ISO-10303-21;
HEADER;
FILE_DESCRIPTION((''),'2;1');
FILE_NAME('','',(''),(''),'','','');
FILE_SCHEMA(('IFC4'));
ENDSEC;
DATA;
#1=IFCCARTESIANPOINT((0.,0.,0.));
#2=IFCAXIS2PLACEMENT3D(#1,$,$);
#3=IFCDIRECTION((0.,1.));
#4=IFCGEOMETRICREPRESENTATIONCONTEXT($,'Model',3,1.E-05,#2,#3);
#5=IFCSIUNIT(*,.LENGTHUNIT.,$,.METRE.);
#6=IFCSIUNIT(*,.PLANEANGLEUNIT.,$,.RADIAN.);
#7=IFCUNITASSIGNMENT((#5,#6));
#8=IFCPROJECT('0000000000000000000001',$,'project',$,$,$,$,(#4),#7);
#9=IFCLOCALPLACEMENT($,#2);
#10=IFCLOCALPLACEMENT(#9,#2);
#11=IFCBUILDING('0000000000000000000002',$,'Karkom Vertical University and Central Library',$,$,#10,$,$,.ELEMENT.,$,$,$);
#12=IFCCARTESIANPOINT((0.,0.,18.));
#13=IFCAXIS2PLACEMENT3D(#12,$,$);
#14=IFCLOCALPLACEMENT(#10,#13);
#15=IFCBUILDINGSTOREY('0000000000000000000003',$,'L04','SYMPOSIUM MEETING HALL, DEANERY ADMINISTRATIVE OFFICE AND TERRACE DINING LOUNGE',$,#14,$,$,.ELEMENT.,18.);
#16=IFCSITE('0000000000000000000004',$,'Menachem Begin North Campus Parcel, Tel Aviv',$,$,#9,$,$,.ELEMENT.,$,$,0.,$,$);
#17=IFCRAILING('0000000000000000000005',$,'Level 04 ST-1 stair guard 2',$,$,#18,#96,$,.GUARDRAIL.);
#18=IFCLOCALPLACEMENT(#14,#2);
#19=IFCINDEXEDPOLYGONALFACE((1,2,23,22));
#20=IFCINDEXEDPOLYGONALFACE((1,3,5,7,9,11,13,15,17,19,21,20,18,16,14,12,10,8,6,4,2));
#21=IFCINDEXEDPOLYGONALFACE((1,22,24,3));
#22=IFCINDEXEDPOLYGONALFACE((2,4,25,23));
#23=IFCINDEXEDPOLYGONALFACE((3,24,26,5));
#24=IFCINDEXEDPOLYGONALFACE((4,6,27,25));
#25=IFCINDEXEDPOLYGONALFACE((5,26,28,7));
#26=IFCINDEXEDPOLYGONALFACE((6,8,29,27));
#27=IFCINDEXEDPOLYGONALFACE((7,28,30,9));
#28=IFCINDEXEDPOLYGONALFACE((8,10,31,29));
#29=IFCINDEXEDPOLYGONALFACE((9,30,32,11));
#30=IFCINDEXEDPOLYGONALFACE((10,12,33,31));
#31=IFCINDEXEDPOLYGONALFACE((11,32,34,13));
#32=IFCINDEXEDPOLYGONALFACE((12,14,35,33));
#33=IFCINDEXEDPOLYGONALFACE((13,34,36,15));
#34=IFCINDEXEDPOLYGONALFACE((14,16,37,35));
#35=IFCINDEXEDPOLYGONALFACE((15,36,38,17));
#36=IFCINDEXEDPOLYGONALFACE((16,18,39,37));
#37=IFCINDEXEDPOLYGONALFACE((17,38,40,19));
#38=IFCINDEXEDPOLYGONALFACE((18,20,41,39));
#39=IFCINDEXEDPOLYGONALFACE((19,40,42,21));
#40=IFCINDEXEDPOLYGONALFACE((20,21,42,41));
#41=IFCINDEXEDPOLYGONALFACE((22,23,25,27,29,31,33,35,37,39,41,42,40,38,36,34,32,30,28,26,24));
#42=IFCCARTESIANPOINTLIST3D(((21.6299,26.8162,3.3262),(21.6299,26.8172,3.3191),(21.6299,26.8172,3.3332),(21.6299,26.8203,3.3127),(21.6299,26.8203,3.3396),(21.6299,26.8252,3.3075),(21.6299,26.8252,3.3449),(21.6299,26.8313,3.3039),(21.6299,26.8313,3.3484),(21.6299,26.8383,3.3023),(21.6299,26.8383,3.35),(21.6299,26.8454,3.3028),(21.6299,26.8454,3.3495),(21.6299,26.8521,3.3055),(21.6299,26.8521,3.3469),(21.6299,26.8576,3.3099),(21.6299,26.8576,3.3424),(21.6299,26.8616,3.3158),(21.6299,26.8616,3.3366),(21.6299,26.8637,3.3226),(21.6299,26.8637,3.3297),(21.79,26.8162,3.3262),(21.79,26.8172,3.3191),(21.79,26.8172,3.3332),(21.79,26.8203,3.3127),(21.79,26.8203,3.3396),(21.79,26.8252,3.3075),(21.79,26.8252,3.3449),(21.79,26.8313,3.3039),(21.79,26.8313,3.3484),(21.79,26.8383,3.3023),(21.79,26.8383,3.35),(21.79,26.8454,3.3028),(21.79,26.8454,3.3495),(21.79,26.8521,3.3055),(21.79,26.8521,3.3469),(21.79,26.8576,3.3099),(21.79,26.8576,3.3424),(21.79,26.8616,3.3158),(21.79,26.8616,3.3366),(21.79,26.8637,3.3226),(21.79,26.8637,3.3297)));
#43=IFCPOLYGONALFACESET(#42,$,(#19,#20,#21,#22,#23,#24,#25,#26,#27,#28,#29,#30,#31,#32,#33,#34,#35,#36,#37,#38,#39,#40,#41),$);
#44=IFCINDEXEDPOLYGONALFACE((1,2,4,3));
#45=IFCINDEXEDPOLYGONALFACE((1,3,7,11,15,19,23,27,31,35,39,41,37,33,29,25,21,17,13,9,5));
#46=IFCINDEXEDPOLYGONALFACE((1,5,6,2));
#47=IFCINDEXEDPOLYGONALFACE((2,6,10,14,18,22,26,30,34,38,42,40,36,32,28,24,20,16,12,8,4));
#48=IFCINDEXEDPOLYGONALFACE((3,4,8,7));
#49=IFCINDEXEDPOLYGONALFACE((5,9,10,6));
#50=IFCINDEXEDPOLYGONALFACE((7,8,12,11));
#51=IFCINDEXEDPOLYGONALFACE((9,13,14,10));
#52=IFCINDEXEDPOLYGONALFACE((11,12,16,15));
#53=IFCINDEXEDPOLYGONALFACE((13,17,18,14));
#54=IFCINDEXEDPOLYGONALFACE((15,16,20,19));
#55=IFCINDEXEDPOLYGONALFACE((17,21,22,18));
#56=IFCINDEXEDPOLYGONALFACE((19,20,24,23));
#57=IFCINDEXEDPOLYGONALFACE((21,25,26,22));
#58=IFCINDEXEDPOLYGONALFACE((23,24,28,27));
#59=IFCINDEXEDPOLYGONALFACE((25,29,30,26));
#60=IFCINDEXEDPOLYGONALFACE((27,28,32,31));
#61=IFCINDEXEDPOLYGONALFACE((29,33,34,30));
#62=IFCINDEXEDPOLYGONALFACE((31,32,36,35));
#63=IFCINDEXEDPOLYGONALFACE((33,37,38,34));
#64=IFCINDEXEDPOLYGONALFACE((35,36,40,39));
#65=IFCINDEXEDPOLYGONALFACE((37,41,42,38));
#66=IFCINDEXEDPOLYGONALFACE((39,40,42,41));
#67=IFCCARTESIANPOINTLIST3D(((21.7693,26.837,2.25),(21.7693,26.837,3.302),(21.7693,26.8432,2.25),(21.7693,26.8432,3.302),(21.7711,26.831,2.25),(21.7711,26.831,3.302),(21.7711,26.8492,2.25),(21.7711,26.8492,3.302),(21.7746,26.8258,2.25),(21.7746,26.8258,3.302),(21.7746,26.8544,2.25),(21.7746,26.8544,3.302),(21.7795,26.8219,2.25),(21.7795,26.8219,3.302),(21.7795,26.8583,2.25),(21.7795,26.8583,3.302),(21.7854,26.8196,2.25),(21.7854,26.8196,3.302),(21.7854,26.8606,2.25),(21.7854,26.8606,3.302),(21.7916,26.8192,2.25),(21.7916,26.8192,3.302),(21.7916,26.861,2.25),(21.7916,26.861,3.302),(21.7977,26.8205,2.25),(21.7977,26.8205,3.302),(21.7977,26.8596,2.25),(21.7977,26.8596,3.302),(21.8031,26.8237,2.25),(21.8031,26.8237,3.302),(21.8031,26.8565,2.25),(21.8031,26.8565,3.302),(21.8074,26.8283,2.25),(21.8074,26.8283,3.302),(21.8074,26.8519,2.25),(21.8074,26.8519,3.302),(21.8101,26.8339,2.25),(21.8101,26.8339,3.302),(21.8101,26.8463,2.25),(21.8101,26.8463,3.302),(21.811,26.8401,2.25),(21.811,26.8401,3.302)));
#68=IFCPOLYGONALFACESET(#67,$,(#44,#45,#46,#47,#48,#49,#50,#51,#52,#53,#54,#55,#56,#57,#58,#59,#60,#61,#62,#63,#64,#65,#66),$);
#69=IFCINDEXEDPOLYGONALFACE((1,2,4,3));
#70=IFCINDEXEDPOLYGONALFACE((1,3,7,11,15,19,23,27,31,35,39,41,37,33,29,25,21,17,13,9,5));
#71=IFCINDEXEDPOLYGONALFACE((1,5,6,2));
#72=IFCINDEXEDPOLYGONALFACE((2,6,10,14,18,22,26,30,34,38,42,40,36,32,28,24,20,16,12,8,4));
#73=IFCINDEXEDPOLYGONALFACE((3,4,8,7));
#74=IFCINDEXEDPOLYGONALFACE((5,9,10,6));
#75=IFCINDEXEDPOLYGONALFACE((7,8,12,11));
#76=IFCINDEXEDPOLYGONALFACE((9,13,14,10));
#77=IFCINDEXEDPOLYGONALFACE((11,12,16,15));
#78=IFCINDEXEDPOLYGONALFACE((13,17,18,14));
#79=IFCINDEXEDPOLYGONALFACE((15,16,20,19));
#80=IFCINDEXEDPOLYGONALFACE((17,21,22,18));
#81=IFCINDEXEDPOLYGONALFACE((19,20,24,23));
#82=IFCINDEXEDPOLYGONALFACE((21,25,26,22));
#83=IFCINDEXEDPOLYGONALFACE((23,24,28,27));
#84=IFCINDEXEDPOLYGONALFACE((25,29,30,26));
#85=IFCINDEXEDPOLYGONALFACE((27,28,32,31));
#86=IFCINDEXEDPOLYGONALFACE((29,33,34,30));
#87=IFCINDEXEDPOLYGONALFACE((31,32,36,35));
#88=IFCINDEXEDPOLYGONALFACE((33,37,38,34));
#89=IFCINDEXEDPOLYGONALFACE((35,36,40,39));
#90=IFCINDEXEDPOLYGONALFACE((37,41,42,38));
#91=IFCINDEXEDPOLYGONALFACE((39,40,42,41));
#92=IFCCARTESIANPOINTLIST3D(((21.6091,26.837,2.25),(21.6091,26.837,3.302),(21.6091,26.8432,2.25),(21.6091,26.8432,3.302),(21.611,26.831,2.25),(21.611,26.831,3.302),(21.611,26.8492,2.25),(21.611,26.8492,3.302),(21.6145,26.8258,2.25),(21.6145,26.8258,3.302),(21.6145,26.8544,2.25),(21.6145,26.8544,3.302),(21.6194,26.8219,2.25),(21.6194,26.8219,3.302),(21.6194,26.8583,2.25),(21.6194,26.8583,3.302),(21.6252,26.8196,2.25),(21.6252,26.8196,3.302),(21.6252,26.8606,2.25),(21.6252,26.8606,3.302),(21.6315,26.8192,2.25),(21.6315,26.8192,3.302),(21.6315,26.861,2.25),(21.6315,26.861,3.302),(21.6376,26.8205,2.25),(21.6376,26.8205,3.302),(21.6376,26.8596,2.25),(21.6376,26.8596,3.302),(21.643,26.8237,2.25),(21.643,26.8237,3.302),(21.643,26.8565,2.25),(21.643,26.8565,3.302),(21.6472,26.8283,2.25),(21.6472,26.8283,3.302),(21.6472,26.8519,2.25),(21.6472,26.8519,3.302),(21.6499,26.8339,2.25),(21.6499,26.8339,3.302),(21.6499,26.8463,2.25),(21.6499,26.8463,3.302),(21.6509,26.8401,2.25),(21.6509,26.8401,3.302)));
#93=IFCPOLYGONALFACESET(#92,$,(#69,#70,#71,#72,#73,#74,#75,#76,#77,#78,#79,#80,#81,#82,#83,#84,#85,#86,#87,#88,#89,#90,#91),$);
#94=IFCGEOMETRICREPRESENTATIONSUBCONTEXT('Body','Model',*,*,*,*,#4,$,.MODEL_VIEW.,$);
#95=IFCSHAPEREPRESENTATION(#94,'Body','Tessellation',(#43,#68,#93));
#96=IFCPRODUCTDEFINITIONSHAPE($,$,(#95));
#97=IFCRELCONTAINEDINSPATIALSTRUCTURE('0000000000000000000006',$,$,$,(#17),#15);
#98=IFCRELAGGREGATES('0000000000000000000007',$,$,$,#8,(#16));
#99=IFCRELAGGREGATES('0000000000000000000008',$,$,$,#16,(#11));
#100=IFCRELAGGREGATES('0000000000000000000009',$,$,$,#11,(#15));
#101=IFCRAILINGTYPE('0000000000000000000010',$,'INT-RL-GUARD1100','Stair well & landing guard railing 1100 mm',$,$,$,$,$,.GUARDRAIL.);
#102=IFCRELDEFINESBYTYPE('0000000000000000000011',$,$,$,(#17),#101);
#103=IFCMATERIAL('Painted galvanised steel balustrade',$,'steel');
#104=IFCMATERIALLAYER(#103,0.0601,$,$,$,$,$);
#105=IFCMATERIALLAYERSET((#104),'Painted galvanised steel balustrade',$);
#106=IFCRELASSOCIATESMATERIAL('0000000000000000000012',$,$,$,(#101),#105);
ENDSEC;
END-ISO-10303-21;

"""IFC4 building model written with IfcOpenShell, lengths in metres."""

from ifc_helpers import new_model, si_unit, direction, frame, origin, origin_2d, place, context, subcontext, project, spatial, circle, extrude, material, layer, layer_set, type_object, element, save


model = new_model("IFC4")

# Units and contexts
model_context = context("Model", 3, precision=1e-05, world=origin(), true_north=direction((0.0, 1.0)))
body_context = subcontext(model_context, "Body", "Model", "MODEL_VIEW")
ifc_project = project(units=[si_unit("LENGTHUNIT", "METRE"), si_unit("PLANEANGLEUNIT", "RADIAN")], contexts=[model_context])

# Site, building, storey
site_placement = place(None, origin())
site = spatial("IfcSite", under=ifc_project, at=site_placement, Name="Menachem Begin North Campus Parcel, Tel Aviv", CompositionType="ELEMENT", RefElevation=0.0)
building_placement = place(site_placement, origin())
building = spatial("IfcBuilding", under=site, at=building_placement, Name="Karkom Vertical University and Central Library", CompositionType="ELEMENT")
storey_placement = place(building_placement, frame((0.0, 0.0, 18.0)))
storey = spatial("IfcBuildingStorey", under=building, at=storey_placement, Name="L04", Description="SYMPOSIUM MEETING HALL, DEANERY ADMINISTRATIVE OFFICE AND TERRACE DINING LOUNGE", CompositionType="ELEMENT", Elevation=18.0)

# Railing
ifc_material_1 = material(Name="Painted galvanised steel balustrade", Category="steel")
ifc_layer_1 = layer(ifc_material_1, 0.0601)
ifc_layer_set_1 = layer_set([ifc_layer_1], Name="Painted galvanised steel balustrade")
railing_type_1 = type_object("IfcRailingType", Name="INT-RL-GUARD1100", Description="Stair well & landing guard railing 1100 mm", PredefinedType="GUARDRAIL", material=ifc_layer_set_1)
railing_1_placement = place(storey_placement, frame((21.79, 26.8401, 2.25)))
element("IfcRailing", 1, at=railing_1_placement, inside=storey, type_object=railing_type_1, Name="Level 04 ST-1 stair guard 2", PredefinedType="GUARDRAIL", context=body_context, shape_type="SweptSolid", body=[
    extrude(circle(Radius=0.0239, at=origin_2d()), frame((0.0, 0.0, 1.0762), z_axis=(-1.0, 0.0, 0.0), x_axis=(0.0, -1.0, 0.0)), (0.0, 0.0, 1.0), 0.1602),
    extrude(circle(Radius=0.021, at=origin_2d()), origin(), (0.0, 0.0, 1.0), 1.052),
    extrude(circle(Radius=0.021, at=origin_2d()), frame((-0.1602, 0.0, 0.0)), (0.0, 0.0, 1.0), 1.052),
])

save(model, "model.ifc")
